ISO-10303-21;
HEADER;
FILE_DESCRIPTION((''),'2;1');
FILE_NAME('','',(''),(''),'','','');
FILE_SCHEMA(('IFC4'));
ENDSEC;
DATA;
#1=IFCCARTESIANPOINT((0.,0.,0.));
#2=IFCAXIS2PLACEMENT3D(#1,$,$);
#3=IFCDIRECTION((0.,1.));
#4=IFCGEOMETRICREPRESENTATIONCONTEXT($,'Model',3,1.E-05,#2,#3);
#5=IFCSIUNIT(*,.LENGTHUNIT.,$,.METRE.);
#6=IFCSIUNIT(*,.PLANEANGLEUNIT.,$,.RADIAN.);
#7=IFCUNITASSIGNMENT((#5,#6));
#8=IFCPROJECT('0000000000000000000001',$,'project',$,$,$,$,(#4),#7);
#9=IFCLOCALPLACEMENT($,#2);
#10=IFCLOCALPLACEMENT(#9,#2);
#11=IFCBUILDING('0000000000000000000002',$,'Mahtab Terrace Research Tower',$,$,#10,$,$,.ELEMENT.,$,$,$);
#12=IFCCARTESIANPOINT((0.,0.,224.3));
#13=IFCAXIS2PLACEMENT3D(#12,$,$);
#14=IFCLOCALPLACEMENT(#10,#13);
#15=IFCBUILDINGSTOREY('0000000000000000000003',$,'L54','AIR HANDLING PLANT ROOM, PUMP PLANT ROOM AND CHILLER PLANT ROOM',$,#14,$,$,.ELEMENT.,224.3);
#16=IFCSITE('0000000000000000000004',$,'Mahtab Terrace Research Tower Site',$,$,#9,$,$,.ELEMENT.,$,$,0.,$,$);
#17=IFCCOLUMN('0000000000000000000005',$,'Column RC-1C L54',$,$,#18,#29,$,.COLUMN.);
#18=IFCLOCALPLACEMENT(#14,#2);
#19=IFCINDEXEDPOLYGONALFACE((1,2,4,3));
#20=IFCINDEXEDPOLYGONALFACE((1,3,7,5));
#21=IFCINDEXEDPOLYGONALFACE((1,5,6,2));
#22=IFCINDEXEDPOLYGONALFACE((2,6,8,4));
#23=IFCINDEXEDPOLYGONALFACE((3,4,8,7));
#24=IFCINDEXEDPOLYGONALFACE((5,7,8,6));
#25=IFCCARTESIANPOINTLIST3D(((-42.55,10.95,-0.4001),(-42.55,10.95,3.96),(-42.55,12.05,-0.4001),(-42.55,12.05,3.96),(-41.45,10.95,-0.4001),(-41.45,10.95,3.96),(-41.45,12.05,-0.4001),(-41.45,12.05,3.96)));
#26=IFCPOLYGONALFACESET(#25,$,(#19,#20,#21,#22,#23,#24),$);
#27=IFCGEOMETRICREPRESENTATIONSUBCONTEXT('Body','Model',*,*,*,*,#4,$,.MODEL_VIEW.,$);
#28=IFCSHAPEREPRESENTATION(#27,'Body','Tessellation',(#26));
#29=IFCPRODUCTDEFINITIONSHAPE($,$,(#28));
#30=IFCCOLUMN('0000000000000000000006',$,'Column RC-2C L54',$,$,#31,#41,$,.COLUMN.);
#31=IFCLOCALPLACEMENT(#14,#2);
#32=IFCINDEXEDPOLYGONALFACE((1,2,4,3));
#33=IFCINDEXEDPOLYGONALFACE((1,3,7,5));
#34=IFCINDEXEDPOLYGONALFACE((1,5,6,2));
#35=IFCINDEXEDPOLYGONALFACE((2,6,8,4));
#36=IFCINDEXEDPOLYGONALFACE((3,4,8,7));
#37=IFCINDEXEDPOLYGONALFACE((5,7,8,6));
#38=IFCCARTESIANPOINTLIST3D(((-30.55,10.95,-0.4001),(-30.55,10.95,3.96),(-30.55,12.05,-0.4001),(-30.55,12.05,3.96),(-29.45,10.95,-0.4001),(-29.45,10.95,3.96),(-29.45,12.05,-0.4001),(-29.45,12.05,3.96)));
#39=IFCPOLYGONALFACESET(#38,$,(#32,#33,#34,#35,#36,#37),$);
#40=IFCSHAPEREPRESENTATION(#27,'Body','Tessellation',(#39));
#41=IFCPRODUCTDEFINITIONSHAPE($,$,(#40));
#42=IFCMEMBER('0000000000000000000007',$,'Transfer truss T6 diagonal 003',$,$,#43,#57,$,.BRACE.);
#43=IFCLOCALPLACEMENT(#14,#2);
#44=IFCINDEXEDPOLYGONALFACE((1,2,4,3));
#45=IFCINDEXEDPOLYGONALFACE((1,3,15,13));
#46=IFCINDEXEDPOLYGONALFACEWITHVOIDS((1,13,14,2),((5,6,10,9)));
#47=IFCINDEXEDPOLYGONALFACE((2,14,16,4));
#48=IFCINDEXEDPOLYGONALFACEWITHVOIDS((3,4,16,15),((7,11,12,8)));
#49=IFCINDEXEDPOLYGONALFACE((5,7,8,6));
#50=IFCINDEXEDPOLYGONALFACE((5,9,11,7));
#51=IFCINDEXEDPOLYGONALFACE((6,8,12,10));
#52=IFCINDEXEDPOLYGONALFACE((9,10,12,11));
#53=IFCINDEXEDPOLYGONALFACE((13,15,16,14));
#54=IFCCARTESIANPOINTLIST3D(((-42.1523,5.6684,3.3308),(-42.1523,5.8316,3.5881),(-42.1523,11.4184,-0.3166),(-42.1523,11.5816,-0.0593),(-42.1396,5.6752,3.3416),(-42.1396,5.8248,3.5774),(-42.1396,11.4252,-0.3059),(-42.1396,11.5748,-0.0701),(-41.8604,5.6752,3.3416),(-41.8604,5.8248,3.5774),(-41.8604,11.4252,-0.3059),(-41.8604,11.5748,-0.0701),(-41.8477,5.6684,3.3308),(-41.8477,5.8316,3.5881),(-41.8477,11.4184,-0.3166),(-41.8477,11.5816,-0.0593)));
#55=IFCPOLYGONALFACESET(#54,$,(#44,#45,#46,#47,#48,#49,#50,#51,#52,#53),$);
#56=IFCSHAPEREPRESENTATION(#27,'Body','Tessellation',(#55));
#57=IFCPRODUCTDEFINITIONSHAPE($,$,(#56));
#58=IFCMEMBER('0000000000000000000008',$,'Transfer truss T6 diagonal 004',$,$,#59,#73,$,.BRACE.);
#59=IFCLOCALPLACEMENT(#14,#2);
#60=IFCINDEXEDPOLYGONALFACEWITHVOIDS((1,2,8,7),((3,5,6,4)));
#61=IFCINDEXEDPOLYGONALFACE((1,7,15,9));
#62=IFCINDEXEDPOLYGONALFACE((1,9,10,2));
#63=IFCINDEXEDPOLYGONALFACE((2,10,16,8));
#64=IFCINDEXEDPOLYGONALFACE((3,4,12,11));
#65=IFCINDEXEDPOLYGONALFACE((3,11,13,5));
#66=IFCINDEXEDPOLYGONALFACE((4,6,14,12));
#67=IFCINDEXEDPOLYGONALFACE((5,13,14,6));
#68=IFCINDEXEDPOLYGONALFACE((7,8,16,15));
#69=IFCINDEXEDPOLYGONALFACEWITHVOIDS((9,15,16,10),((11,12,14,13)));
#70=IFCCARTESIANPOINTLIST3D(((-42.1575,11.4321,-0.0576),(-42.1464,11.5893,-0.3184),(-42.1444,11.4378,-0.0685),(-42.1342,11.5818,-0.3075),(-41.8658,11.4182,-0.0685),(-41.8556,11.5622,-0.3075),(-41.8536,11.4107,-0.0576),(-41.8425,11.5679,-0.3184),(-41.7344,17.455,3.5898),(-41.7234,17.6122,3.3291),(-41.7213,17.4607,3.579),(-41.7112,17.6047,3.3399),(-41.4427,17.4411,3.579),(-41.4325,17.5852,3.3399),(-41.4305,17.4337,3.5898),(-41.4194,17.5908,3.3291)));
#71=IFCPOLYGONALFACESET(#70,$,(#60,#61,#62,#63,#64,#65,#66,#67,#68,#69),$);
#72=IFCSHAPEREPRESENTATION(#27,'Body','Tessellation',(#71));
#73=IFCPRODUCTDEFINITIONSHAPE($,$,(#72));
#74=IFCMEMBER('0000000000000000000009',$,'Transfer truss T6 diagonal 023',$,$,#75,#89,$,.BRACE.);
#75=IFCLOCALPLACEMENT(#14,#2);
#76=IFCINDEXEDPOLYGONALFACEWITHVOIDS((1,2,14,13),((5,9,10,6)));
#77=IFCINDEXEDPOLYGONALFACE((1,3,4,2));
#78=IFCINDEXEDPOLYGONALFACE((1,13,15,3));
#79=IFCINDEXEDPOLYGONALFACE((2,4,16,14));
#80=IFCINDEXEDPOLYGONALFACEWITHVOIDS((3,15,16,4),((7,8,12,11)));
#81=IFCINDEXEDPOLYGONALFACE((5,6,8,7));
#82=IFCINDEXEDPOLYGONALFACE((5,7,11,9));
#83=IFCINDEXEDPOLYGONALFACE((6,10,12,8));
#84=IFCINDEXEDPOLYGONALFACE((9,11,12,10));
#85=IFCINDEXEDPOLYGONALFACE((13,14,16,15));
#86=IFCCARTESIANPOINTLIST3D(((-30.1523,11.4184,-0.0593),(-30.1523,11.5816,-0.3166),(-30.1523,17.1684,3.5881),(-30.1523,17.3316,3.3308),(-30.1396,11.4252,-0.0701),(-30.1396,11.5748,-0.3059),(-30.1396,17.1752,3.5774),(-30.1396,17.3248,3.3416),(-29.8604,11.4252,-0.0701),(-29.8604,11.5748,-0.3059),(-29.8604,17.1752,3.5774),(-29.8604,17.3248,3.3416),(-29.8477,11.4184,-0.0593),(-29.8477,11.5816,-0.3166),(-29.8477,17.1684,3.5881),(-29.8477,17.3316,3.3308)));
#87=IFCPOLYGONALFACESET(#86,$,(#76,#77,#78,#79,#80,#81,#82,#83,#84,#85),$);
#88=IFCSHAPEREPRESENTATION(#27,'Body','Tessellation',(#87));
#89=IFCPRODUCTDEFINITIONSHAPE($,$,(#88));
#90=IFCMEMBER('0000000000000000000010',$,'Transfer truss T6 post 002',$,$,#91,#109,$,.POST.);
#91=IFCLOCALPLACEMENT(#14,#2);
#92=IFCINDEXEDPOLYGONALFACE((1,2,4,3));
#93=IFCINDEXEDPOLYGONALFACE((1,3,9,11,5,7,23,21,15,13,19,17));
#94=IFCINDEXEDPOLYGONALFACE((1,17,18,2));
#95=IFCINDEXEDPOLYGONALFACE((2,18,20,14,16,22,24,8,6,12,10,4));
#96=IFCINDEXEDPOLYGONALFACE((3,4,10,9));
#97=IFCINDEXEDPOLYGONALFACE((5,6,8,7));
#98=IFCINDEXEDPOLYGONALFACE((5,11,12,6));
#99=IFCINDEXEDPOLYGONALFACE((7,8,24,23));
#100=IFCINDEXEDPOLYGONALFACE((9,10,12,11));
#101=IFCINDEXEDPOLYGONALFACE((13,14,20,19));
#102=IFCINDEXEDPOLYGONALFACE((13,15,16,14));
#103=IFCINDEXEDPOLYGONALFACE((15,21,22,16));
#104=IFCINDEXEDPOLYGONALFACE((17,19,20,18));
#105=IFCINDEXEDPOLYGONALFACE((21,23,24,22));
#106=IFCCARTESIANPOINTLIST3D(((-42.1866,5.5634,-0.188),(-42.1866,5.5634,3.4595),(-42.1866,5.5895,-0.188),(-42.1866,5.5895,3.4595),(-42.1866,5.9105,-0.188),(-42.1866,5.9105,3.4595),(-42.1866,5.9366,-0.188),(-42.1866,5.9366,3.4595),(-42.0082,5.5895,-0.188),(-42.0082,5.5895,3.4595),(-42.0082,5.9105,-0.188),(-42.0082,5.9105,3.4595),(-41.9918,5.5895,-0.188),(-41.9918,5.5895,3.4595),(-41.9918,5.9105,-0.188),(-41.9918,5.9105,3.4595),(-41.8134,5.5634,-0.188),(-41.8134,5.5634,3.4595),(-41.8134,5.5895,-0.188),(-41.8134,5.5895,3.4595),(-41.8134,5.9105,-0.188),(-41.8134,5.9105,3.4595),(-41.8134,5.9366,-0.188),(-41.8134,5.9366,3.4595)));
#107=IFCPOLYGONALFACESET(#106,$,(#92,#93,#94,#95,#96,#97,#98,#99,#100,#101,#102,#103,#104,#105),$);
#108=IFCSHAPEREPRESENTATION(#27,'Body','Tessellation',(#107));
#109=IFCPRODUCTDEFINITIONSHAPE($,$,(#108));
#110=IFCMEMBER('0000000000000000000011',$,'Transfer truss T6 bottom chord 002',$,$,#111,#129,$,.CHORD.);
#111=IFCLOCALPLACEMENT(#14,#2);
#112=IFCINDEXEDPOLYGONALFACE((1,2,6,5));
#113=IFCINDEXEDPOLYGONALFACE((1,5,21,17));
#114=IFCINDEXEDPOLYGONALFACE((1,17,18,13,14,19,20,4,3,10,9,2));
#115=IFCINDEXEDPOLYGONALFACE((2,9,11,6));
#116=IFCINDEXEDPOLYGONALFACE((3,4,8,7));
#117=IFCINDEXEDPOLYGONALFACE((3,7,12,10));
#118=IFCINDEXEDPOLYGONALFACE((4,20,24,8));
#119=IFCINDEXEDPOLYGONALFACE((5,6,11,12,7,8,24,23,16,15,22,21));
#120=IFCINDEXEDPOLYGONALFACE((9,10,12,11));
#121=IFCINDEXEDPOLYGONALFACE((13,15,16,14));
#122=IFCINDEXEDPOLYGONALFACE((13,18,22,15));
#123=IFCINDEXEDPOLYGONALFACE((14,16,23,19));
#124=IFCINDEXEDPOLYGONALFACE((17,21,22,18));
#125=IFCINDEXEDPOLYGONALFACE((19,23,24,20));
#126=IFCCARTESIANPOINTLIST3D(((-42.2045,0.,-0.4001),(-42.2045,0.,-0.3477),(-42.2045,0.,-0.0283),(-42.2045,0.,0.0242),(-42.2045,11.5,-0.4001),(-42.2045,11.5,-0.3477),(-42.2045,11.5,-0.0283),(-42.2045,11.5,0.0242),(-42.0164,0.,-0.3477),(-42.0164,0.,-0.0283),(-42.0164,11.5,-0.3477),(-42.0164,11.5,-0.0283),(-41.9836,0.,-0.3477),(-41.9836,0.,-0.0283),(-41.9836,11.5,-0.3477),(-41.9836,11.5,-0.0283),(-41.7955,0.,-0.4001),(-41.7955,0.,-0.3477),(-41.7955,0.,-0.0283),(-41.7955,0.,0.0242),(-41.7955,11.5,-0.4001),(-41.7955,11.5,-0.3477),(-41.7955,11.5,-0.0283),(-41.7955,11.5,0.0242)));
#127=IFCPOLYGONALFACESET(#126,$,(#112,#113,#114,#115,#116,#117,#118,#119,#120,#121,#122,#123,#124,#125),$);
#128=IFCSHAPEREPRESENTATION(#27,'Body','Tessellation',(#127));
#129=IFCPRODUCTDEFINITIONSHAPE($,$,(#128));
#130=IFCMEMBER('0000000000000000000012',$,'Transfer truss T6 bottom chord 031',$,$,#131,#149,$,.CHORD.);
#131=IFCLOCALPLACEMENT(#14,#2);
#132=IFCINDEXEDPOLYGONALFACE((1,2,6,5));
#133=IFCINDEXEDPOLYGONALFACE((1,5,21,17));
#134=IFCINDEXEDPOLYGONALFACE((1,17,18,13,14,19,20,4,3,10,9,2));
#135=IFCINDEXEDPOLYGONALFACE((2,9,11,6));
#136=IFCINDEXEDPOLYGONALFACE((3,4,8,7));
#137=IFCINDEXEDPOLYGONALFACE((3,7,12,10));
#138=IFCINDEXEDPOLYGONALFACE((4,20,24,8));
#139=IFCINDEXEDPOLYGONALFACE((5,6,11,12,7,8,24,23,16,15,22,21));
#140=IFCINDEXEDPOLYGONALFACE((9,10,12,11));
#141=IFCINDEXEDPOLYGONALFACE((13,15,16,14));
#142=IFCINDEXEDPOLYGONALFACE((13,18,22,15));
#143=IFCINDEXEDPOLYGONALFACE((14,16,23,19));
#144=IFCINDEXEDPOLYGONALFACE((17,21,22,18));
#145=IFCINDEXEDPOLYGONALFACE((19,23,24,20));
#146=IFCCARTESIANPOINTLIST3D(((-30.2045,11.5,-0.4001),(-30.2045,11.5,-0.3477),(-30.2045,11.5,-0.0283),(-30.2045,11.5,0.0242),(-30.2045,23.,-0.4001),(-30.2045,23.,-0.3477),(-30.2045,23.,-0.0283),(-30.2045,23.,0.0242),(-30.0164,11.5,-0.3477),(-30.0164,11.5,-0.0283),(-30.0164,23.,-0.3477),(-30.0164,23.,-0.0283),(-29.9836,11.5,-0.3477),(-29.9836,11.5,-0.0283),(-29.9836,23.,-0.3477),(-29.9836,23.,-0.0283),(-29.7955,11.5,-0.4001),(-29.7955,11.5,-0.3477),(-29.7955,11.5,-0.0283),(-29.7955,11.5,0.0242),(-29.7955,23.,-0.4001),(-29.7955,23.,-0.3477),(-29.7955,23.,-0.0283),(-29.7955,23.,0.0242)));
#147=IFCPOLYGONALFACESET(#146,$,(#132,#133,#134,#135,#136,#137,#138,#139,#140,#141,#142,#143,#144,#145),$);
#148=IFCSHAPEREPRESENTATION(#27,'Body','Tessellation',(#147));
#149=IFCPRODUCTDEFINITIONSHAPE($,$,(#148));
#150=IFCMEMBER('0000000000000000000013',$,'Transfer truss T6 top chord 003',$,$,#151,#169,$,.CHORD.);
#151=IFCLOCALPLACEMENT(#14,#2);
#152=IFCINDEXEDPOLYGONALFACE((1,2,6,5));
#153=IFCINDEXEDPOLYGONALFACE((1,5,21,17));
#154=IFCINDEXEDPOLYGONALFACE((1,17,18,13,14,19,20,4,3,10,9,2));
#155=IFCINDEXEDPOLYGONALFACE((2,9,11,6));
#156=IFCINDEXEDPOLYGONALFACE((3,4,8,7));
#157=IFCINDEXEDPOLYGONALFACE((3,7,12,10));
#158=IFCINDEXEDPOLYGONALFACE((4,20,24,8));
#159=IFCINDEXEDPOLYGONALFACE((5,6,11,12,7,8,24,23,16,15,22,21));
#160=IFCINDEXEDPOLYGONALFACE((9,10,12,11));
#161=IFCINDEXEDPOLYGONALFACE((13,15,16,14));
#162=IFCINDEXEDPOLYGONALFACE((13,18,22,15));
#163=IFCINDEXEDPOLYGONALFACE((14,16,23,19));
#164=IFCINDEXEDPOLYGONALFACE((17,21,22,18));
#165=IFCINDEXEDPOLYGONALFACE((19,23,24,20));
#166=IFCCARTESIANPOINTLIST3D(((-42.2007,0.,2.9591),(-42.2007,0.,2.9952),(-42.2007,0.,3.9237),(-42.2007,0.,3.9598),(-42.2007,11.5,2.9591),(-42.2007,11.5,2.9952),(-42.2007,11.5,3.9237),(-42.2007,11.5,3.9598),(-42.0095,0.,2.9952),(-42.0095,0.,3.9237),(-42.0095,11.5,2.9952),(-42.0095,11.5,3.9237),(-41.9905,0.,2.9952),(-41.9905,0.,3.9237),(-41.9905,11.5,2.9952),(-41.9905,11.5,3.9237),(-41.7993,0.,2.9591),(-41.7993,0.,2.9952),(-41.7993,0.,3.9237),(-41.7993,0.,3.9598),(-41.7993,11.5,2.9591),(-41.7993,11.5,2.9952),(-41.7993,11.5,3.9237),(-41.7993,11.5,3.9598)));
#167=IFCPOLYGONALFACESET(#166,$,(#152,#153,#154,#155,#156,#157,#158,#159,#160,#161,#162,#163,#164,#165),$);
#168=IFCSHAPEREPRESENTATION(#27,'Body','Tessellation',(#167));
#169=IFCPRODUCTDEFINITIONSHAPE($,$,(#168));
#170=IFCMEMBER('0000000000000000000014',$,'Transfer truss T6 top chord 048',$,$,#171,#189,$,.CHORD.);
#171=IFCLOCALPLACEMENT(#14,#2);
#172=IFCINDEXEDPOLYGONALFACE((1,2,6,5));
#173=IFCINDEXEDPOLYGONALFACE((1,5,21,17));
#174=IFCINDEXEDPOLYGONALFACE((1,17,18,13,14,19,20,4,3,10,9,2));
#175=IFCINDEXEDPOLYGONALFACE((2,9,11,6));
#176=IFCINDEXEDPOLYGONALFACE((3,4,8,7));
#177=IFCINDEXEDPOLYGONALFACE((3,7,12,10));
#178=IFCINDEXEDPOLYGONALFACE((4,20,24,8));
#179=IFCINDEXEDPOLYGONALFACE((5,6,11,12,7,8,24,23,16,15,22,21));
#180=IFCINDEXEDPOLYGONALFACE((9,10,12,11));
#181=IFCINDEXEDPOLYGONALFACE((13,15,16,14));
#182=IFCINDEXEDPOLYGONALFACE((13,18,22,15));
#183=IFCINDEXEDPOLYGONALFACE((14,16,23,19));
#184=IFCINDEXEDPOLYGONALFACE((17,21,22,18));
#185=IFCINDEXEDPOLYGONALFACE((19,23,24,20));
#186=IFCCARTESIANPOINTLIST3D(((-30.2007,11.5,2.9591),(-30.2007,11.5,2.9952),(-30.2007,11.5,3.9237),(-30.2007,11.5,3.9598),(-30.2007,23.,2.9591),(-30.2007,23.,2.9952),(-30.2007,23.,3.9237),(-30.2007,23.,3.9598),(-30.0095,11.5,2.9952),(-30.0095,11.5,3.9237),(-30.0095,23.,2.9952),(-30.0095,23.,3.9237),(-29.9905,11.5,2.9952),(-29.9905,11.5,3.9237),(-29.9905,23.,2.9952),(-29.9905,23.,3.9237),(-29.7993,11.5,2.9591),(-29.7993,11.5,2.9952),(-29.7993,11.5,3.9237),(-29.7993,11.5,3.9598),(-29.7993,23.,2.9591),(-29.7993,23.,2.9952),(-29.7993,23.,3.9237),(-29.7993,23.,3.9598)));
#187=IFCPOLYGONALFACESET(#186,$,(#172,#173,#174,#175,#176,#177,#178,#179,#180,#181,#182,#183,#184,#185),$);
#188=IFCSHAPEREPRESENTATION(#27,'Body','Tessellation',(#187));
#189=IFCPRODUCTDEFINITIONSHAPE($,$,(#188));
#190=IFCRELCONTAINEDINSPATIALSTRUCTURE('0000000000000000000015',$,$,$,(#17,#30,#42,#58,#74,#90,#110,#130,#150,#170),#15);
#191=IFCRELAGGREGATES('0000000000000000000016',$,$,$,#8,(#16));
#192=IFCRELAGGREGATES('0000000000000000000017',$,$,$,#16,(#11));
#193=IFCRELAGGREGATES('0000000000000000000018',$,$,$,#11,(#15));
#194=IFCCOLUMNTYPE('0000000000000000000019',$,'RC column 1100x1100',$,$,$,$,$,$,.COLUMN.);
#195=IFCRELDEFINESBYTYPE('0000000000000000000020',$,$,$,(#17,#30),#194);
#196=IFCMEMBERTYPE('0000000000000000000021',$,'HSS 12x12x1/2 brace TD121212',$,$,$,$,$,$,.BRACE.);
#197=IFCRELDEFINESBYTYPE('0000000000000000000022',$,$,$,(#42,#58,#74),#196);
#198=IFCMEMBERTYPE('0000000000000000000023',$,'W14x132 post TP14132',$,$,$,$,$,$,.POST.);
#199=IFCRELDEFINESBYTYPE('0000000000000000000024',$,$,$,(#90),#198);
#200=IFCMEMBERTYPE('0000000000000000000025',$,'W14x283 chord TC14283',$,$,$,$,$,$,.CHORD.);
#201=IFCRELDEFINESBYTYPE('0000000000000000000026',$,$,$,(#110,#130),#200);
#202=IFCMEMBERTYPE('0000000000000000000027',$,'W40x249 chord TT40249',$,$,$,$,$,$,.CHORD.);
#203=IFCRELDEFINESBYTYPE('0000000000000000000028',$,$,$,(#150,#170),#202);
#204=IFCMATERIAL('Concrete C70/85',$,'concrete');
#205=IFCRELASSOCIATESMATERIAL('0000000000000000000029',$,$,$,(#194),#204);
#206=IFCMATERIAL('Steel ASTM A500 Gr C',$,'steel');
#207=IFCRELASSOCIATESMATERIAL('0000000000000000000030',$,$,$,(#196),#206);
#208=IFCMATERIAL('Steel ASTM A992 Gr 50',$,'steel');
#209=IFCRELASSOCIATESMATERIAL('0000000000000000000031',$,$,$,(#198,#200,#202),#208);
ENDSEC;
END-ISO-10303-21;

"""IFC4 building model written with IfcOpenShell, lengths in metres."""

from ifc_helpers import new_model, si_unit, direction, frame, origin, origin_2d, place, context, subcontext, project, spatial, rectangle, hollow_rectangle, i_section, extrude, material, material_profile, profile_set, type_object, element, save


model = new_model("IFC4")

# Units and contexts
model_context = context("Model", 3, precision=1e-05, world=origin(), true_north=direction((0.0, 1.0)))
body_context = subcontext(model_context, "Body", "Model", "MODEL_VIEW")
ifc_project = project(units=[si_unit("LENGTHUNIT", "METRE"), si_unit("PLANEANGLEUNIT", "RADIAN")], contexts=[model_context])

# Site, building, storey
site_placement = place(None, origin())
site = spatial("IfcSite", under=ifc_project, at=site_placement, Name="Mahtab Terrace Research Tower Site", CompositionType="ELEMENT", RefElevation=0.0)
building_placement = place(site_placement, origin())
building = spatial("IfcBuilding", under=site, at=building_placement, Name="Mahtab Terrace Research Tower", CompositionType="ELEMENT")
storey_placement = place(building_placement, frame((0.0, 0.0, 224.3)))
storey = spatial("IfcBuildingStorey", under=building, at=storey_placement, Name="L54", Description="AIR HANDLING PLANT ROOM, PUMP PLANT ROOM AND CHILLER PLANT ROOM", CompositionType="ELEMENT", Elevation=224.3)

# Columns
ifc_material_1 = material(Name="Concrete C70/85", Category="concrete")
ifc_material_profile_1 = material_profile(ifc_material_1, rectangle(XDim=1.1001, YDim=1.1001, at=origin_2d()), Name="RC column 1100x1100")
ifc_profile_set_1 = profile_set([ifc_material_profile_1], Name="Concrete C70/85")
column_type = type_object("IfcColumnType", Name="RC column 1100x1100", PredefinedType="COLUMN", material=ifc_profile_set_1)
for number, where, z_axis, x_axis, name in (
    (1, (-42.0, 11.5, -0.4001), (0.0, 0.0, 1.0), (1.0, 0.0, 0.0), "Column RC-1C L54"),
    (2, (-30.0, 11.5, -0.4001), (0.0, 0.0, 1.0), (1.0, 0.0, 0.0), "Column RC-2C L54"),
):
    element("IfcColumn", number, at=place(storey_placement, frame(where, z_axis=z_axis, x_axis=x_axis)), inside=storey, type_object=column_type, Name=name, PredefinedType="COLUMN", context=body_context, shape_type="SweptSolid", body=[
        extrude(rectangle(XDim=1.1001, YDim=1.1001, at=origin_2d()), origin(), (0.0, 0.0, 1.0), 4.3601),
    ])

# Members
ifc_material_2 = material(Name="Steel ASTM A500 Gr C", Category="steel")
ifc_material_profile_2 = material_profile(ifc_material_2, hollow_rectangle(XDim=0.3047, YDim=0.3047, WallThickness=0.0127, at=origin_2d()), Name="HSS12X12X1/2")
ifc_profile_set_2 = profile_set([ifc_material_profile_2], Name="Steel ASTM A500 Gr C")
member_type_1 = type_object("IfcMemberType", Name="HSS 12x12x1/2 brace TD121212", PredefinedType="BRACE", material=ifc_profile_set_2)
member_1_placement = place(storey_placement, frame((-42.0, 11.5, -0.188), z_axis=(0.0, -0.844434, 0.535659), x_axis=(1.0, 0.0, 0.0)))
element("IfcMember", 3, at=member_1_placement, inside=storey, type_object=member_type_1, Name="Transfer truss T6 diagonal 003", PredefinedType="BRACE", context=body_context, shape_type="SweptSolid", body=[
    extrude(hollow_rectangle(XDim=0.3047, YDim=0.3047, WallThickness=0.0127, at=origin_2d()), origin(), (0.0, 0.0, 1.0), 6.8093),
])
member_2_placement = place(storey_placement, frame((-42.0, 11.5, -0.188), z_axis=(0.05998, 0.853835, 0.517077), x_axis=(-0.997542, 0.070075, 0.0)))
element("IfcMember", 4, at=member_2_placement, inside=storey, type_object=member_type_1, Name="Transfer truss T6 diagonal 004", PredefinedType="BRACE", context=body_context, shape_type="SweptSolid", body=[
    extrude(hollow_rectangle(XDim=0.3047, YDim=0.3047, WallThickness=0.0127, at=origin_2d()), origin(), (0.0, 0.0, 1.0), 7.054),
])
member_3_placement = place(storey_placement, frame((-30.0, 11.5, -0.188), z_axis=(0.0, 0.844434, 0.535659), x_axis=(-1.0, 0.0, 0.0)))
element("IfcMember", 5, at=member_3_placement, inside=storey, type_object=member_type_1, Name="Transfer truss T6 diagonal 023", PredefinedType="BRACE", context=body_context, shape_type="SweptSolid", body=[
    extrude(hollow_rectangle(XDim=0.3047, YDim=0.3047, WallThickness=0.0127, at=origin_2d()), origin(), (0.0, 0.0, 1.0), 6.8093),
])
ifc_material_3 = material(Name="Steel ASTM A992 Gr 50", Category="steel")
ifc_material_profile_3 = material_profile(ifc_material_3, i_section(OverallWidth=0.3733, OverallDepth=0.3733, WebThickness=0.0164, FlangeThickness=0.0261, at=origin_2d()), Name="W14X132")
ifc_profile_set_3 = profile_set([ifc_material_profile_3], Name="Steel ASTM A992 Gr 50")
member_type_2 = type_object("IfcMemberType", Name="W14x132 post TP14132", PredefinedType="POST", material=ifc_profile_set_3)
member_4_placement = place(storey_placement, frame((-42.0, 5.75, -0.188), z_axis=(0.0, 0.0, 1.0), x_axis=(1.0, 0.0, 0.0)))
element("IfcMember", 6, at=member_4_placement, inside=storey, type_object=member_type_2, Name="Transfer truss T6 post 002", PredefinedType="POST", context=body_context, shape_type="SweptSolid", body=[
    extrude(i_section(OverallWidth=0.3733, OverallDepth=0.3733, WebThickness=0.0164, FlangeThickness=0.0261, at=origin_2d()), origin(), (0.0, 0.0, 1.0), 3.6475),
])
ifc_material_profile_4 = material_profile(ifc_material_3, i_section(OverallWidth=0.4089, OverallDepth=0.4243, WebThickness=0.0327, FlangeThickness=0.0525, at=origin_2d()), Name="W14X283")
ifc_profile_set_4 = profile_set([ifc_material_profile_4], Name="Steel ASTM A992 Gr 50")
member_type_3 = type_object("IfcMemberType", Name="W14x283 chord TC14283", PredefinedType="CHORD", material=ifc_profile_set_4)
for number, where, z_axis, x_axis, name in (
    (7, (-42.0, 11.5, -0.188), (0.0, -1.0, 0.0), (1.0, 0.0, 0.0), "Transfer truss T6 bottom chord 002"),
    (8, (-30.0, 11.5, -0.188), (0.0, 1.0, 0.0), (-1.0, 0.0, 0.0), "Transfer truss T6 bottom chord 031"),
):
    element("IfcMember", number, at=place(storey_placement, frame(where, z_axis=z_axis, x_axis=x_axis)), inside=storey, type_object=member_type_3, Name=name, PredefinedType="CHORD", context=body_context, shape_type="SweptSolid", body=[
        extrude(i_section(OverallWidth=0.4089, OverallDepth=0.4243, WebThickness=0.0327, FlangeThickness=0.0525, at=origin_2d()), origin(), (0.0, 0.0, 1.0), 11.5),
    ])
ifc_material_profile_5 = material_profile(ifc_material_3, i_section(OverallWidth=0.4014, OverallDepth=1.0007, WebThickness=0.019, FlangeThickness=0.0361, at=origin_2d()), Name="W40X249")
ifc_profile_set_5 = profile_set([ifc_material_profile_5], Name="Steel ASTM A992 Gr 50")
member_type_4 = type_object("IfcMemberType", Name="W40x249 chord TT40249", PredefinedType="CHORD", material=ifc_profile_set_5)
for number, where, z_axis, x_axis, name in (
    (9, (-42.0, 11.5, 3.4595), (0.0, -1.0, 0.0), (1.0, 0.0, 0.0), "Transfer truss T6 top chord 003"),
    (10, (-30.0, 11.5, 3.4595), (0.0, 1.0, 0.0), (-1.0, 0.0, 0.0), "Transfer truss T6 top chord 048"),
):
    element("IfcMember", number, at=place(storey_placement, frame(where, z_axis=z_axis, x_axis=x_axis)), inside=storey, type_object=member_type_4, Name=name, PredefinedType="CHORD", context=body_context, shape_type="SweptSolid", body=[
        extrude(i_section(OverallWidth=0.4014, OverallDepth=1.0007, WebThickness=0.019, FlangeThickness=0.0361, at=origin_2d()), origin(), (0.0, 0.0, 1.0), 11.5),
    ])

save(model, "model.ifc")
